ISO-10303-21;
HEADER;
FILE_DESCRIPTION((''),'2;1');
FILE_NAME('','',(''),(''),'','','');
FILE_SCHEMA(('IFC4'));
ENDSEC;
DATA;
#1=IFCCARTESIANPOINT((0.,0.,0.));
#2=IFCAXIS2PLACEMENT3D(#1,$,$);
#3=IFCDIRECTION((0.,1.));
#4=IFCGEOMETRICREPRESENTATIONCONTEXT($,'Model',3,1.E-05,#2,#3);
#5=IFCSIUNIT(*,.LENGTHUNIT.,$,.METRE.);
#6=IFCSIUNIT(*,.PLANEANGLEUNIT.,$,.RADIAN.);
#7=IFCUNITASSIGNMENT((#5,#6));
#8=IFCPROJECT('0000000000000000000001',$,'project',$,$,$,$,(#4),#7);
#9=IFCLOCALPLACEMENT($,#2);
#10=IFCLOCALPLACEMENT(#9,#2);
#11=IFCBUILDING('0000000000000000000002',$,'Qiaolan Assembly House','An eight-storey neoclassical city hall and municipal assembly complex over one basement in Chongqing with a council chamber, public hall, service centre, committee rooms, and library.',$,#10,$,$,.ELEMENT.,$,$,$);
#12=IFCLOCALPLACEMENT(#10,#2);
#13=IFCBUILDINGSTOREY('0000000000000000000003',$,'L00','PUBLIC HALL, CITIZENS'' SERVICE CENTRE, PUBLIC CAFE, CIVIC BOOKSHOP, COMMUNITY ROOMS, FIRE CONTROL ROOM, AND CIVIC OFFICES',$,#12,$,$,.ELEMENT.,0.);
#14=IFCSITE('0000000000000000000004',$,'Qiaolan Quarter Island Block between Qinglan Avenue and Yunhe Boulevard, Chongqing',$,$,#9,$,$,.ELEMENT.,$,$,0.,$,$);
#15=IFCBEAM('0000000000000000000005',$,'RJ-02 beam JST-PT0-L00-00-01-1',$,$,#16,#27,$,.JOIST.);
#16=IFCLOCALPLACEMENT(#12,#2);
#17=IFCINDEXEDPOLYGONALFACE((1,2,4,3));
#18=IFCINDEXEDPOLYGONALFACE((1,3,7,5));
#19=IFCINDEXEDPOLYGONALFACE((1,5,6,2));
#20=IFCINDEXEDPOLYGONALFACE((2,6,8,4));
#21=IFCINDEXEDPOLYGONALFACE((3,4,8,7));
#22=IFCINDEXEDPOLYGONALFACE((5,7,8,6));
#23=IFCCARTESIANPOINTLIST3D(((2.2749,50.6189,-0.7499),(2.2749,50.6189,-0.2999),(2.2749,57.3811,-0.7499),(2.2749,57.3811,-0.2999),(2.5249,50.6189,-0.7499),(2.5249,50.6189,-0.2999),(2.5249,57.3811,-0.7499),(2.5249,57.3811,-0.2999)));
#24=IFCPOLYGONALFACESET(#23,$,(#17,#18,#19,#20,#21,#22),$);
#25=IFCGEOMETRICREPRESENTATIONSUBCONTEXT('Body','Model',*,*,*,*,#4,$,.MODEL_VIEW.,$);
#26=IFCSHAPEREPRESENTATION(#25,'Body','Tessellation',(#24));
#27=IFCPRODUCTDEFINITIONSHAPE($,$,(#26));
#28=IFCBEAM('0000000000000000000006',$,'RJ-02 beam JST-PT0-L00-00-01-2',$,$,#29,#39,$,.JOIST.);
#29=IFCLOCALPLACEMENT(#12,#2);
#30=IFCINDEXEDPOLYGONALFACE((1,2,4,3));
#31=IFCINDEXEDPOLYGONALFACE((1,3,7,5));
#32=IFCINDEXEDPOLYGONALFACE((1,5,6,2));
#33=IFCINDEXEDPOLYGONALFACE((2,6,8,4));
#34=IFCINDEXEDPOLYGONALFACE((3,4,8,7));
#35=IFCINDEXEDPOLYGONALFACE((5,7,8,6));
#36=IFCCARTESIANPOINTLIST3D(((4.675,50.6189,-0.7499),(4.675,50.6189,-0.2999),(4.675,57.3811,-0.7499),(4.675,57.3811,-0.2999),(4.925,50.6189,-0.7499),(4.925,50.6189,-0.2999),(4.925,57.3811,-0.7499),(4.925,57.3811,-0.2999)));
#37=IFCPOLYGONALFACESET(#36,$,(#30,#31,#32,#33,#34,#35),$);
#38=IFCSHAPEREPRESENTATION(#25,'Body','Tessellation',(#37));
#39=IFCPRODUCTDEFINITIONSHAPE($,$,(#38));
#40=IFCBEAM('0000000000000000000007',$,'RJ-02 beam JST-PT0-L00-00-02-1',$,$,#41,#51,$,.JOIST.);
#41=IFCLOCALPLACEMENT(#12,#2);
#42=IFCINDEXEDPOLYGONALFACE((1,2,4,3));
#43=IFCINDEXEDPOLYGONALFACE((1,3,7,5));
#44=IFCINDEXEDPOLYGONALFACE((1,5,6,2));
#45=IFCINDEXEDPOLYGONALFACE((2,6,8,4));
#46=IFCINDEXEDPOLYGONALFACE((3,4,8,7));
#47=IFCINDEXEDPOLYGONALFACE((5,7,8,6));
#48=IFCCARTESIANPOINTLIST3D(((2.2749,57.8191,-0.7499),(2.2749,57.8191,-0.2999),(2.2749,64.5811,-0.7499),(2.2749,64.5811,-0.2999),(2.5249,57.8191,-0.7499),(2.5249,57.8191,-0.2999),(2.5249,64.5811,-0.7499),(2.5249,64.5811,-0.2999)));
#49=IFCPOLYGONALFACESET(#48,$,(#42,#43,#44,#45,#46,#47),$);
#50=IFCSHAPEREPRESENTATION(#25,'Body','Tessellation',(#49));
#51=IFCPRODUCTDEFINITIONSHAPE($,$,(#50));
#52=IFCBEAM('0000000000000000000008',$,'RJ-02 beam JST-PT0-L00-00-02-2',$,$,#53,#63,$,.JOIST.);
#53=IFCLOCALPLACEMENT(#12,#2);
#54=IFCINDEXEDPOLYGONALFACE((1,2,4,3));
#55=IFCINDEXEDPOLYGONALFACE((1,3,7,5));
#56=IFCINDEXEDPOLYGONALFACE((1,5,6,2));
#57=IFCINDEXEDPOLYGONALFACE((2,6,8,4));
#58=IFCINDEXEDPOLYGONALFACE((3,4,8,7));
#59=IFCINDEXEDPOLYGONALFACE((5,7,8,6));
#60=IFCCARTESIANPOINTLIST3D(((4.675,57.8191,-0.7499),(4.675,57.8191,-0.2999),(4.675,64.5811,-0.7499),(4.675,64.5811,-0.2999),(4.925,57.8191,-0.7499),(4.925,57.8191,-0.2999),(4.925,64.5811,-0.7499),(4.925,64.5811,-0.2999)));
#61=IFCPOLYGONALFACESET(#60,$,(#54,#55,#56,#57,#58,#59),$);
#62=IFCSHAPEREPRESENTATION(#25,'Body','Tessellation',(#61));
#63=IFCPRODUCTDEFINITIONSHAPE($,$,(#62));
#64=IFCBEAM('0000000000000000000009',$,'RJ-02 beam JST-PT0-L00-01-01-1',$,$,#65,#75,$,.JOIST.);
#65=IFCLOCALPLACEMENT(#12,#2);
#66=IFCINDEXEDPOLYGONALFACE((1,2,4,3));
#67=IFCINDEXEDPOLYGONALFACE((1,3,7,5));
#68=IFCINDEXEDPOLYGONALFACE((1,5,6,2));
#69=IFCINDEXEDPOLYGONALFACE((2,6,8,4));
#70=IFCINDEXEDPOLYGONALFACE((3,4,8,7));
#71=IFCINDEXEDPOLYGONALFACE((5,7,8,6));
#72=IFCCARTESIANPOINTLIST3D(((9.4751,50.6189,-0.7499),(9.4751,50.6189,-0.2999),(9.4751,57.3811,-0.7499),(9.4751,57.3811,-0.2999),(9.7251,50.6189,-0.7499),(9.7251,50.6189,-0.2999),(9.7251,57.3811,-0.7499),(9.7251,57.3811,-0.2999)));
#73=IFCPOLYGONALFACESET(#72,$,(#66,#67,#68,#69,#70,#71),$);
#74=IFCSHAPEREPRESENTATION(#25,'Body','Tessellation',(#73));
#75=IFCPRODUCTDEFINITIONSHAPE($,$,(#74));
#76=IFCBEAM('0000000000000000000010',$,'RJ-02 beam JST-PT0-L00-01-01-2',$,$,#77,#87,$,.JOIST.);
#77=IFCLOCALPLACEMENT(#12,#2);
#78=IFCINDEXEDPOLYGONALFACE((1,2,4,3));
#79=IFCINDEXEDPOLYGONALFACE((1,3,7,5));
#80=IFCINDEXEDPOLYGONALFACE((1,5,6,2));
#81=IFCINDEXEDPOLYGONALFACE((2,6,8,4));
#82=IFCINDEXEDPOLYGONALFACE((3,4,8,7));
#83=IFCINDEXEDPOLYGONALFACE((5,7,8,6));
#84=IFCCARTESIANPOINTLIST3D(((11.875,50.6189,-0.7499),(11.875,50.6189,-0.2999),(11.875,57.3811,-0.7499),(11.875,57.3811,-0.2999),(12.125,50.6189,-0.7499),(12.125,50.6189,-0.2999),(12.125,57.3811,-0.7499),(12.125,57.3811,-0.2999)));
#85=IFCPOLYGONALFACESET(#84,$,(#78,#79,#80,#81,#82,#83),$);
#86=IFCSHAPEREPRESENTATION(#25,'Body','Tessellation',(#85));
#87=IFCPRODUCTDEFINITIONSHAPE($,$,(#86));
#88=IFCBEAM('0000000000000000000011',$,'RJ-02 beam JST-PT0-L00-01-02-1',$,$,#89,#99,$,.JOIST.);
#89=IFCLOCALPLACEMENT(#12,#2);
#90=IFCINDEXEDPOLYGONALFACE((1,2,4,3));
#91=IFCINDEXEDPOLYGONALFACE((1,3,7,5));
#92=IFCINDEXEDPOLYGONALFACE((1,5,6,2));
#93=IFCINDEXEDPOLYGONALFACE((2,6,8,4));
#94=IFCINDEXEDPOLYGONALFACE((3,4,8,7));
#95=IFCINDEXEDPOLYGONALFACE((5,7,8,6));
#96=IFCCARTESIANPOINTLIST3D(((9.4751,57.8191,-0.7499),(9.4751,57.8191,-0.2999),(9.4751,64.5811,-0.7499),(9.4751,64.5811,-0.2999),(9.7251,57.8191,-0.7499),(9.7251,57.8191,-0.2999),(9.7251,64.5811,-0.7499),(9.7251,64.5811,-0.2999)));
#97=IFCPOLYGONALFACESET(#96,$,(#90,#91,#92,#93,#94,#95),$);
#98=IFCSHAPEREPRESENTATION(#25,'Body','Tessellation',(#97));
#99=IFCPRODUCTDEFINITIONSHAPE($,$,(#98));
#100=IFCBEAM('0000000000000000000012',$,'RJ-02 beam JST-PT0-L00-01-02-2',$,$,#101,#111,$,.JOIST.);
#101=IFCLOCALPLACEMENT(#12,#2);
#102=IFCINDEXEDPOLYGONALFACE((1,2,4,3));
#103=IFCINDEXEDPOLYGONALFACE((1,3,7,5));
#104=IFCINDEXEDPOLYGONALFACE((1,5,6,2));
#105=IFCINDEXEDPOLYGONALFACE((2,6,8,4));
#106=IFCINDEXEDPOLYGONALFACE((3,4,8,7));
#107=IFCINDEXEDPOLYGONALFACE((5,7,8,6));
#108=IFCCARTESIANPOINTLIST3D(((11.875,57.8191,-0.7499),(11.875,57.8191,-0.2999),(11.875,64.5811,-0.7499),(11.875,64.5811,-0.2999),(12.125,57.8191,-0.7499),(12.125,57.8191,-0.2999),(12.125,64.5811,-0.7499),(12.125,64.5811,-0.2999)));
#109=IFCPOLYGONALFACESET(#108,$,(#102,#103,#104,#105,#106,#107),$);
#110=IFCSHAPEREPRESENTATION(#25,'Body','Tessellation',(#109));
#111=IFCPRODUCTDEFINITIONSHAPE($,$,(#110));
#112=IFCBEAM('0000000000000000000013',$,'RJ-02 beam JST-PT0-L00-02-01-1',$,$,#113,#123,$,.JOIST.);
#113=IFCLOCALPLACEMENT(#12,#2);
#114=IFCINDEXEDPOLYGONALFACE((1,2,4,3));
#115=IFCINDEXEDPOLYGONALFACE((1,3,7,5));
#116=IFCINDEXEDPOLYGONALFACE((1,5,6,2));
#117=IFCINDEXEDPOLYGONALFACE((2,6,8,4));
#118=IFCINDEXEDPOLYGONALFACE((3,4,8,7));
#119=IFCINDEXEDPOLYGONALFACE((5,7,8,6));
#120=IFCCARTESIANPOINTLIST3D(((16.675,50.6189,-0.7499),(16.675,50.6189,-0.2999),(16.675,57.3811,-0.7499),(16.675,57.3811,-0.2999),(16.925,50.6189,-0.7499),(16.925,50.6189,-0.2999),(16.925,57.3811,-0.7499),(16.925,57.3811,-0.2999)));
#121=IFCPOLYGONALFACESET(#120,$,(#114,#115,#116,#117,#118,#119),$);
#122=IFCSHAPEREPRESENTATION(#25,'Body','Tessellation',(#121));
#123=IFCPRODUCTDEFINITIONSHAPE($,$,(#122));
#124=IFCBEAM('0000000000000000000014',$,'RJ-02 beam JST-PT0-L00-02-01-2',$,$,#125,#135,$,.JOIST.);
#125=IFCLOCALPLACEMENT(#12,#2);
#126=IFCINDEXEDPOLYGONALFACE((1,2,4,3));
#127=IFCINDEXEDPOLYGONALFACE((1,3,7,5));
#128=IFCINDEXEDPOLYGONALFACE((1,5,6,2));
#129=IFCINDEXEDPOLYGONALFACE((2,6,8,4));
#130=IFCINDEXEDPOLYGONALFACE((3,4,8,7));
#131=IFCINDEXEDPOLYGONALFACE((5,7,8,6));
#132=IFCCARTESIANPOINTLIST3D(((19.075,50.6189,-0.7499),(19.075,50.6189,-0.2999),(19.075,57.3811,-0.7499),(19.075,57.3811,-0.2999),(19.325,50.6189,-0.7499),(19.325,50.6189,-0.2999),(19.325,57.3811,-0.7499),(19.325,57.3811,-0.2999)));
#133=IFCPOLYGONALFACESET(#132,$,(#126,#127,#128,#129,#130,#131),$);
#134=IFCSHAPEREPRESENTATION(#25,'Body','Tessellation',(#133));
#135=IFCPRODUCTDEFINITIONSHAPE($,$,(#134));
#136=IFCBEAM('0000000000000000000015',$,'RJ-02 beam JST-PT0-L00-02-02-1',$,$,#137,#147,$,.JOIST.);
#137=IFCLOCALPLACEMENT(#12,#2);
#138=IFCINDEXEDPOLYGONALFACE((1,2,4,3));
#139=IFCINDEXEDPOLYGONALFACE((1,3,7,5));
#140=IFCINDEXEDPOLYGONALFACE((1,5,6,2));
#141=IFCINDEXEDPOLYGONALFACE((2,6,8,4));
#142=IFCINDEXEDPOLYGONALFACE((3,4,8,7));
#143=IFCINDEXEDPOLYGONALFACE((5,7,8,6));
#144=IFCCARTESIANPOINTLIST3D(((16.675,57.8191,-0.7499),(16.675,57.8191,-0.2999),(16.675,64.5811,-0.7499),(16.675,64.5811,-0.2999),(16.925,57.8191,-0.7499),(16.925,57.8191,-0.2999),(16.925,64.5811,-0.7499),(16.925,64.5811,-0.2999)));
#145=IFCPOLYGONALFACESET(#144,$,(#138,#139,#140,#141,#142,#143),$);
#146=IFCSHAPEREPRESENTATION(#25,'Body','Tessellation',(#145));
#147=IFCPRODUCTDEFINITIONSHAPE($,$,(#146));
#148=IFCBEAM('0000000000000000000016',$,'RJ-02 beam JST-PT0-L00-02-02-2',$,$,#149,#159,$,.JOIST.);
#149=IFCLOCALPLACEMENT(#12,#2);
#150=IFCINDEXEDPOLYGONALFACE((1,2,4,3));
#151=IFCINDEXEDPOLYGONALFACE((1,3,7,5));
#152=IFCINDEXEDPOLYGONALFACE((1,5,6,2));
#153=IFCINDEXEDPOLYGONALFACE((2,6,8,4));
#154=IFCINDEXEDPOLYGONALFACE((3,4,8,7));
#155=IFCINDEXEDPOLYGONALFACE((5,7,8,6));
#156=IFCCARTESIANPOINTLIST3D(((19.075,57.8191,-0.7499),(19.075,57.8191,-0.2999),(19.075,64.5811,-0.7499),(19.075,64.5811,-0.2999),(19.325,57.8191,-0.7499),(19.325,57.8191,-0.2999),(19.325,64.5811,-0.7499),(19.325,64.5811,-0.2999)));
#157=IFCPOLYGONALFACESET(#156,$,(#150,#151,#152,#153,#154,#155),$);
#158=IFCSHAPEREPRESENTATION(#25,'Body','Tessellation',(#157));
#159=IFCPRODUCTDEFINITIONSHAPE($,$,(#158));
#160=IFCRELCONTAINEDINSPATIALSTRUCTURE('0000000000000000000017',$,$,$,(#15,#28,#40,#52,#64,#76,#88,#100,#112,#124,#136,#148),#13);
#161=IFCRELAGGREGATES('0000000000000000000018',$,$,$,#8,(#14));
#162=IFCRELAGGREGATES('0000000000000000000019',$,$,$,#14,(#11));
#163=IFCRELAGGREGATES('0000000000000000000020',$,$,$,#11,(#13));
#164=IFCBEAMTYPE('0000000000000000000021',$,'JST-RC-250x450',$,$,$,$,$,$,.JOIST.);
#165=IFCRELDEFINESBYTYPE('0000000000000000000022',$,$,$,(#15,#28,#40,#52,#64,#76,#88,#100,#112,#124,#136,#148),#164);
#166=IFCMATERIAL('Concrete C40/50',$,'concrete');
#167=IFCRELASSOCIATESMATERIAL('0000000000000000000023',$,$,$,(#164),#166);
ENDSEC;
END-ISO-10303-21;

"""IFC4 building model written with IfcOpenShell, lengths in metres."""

from ifc_helpers import new_model, si_unit, direction, frame, origin, origin_2d, place, context, subcontext, project, spatial, rectangle, extrude, material, material_profile, profile_set, type_object, element, save


model = new_model("IFC4")

# Units and contexts
model_context = context("Model", 3, precision=1e-05, world=origin(), true_north=direction((0.0, 1.0)))
body_context = subcontext(model_context, "Body", "Model", "MODEL_VIEW")
ifc_project = project(units=[si_unit("LENGTHUNIT", "METRE"), si_unit("PLANEANGLEUNIT", "RADIAN")], contexts=[model_context])

# Site, building, storey
site_placement = place(None, origin())
site = spatial("IfcSite", under=ifc_project, at=site_placement, Name="Qiaolan Quarter Island Block between Qinglan Avenue and Yunhe Boulevard, Chongqing", CompositionType="ELEMENT", RefElevation=0.0)
building_placement = place(site_placement, origin())
building = spatial("IfcBuilding", under=site, at=building_placement, Name="Qiaolan Assembly House", Description="An eight-storey neoclassical city hall and municipal assembly complex over one basement in Chongqing with a council chamber, public hall, service centre, committee rooms, and library.", CompositionType="ELEMENT")
storey_placement = place(building_placement, origin())
storey = spatial("IfcBuildingStorey", under=building, at=storey_placement, Name="L00", Description="PUBLIC HALL, CITIZENS' SERVICE CENTRE, PUBLIC CAFE, CIVIC BOOKSHOP, COMMUNITY ROOMS, FIRE CONTROL ROOM, AND CIVIC OFFICES", CompositionType="ELEMENT", Elevation=0.0)

# Beams
ifc_material_1 = material(Name="Concrete C40/50", Category="concrete")
ifc_material_profile_1 = material_profile(ifc_material_1, rectangle(XDim=0.25, YDim=0.45, at=origin_2d()), Name="RCB 250x450")
ifc_profile_set_1 = profile_set([ifc_material_profile_1], Name="Concrete C40/50")
beam_type_1 = type_object("IfcBeamType", Name="JST-RC-250x450", PredefinedType="JOIST", material=ifc_profile_set_1)
for number, where, z_axis, x_axis, name in (
    (1, (2.3999, 50.6189, -0.5249), (0.0, 1.0, 0.0), (-1.0, 0.0, 0.0), "RJ-02 beam JST-PT0-L00-00-01-1"),
    (2, (4.8, 50.6189, -0.5249), (0.0, 1.0, 0.0), (-1.0, 0.0, 0.0), "RJ-02 beam JST-PT0-L00-00-01-2"),
):
    element("IfcBeam", number, at=place(storey_placement, frame(where, z_axis=z_axis, x_axis=x_axis)), inside=storey, type_object=beam_type_1, Name=name, PredefinedType="JOIST", context=body_context, shape_type="SweptSolid", body=[
        extrude(rectangle(XDim=0.25, YDim=0.45, at=origin_2d()), origin(), (0.0, 0.0, 1.0), 6.7622),
    ])
for number, where, z_axis, x_axis, name in (
    (3, (2.3999, 57.8191, -0.5249), (0.0, 1.0, 0.0), (-1.0, 0.0, 0.0), "RJ-02 beam JST-PT0-L00-00-02-1"),
    (4, (4.8, 57.8191, -0.5249), (0.0, 1.0, 0.0), (-1.0, 0.0, 0.0), "RJ-02 beam JST-PT0-L00-00-02-2"),
):
    element("IfcBeam", number, at=place(storey_placement, frame(where, z_axis=z_axis, x_axis=x_axis)), inside=storey, type_object=beam_type_1, Name=name, PredefinedType="JOIST", context=body_context, shape_type="SweptSolid", body=[
        extrude(rectangle(XDim=0.25, YDim=0.45, at=origin_2d()), origin(), (0.0, 0.0, 1.0), 6.762),
    ])
for number, where, z_axis, x_axis, name in (
    (5, (9.6001, 50.6189, -0.5249), (0.0, 1.0, 0.0), (-1.0, 0.0, 0.0), "RJ-02 beam JST-PT0-L00-01-01-1"),
    (6, (12.0, 50.6189, -0.5249), (0.0, 1.0, 0.0), (-1.0, 0.0, 0.0), "RJ-02 beam JST-PT0-L00-01-01-2"),
):
    element("IfcBeam", number, at=place(storey_placement, frame(where, z_axis=z_axis, x_axis=x_axis)), inside=storey, type_object=beam_type_1, Name=name, PredefinedType="JOIST", context=body_context, shape_type="SweptSolid", body=[
        extrude(rectangle(XDim=0.25, YDim=0.45, at=origin_2d()), origin(), (0.0, 0.0, 1.0), 6.7622),
    ])
for number, where, z_axis, x_axis, name in (
    (7, (9.6001, 57.8191, -0.5249), (0.0, 1.0, 0.0), (-1.0, 0.0, 0.0), "RJ-02 beam JST-PT0-L00-01-02-1"),
    (8, (12.0, 57.8191, -0.5249), (0.0, 1.0, 0.0), (-1.0, 0.0, 0.0), "RJ-02 beam JST-PT0-L00-01-02-2"),
):
    element("IfcBeam", number, at=place(storey_placement, frame(where, z_axis=z_axis, x_axis=x_axis)), inside=storey, type_object=beam_type_1, Name=name, PredefinedType="JOIST", context=body_context, shape_type="SweptSolid", body=[
        extrude(rectangle(XDim=0.25, YDim=0.45, at=origin_2d()), origin(), (0.0, 0.0, 1.0), 6.762),
    ])
for number, where, z_axis, x_axis, name in (
    (9, (16.8, 50.6189, -0.5249), (0.0, 1.0, 0.0), (-1.0, 0.0, 0.0), "RJ-02 beam JST-PT0-L00-02-01-1"),
    (10, (19.2, 50.6189, -0.5249), (0.0, 1.0, 0.0), (-1.0, 0.0, 0.0), "RJ-02 beam JST-PT0-L00-02-01-2"),
):
    element("IfcBeam", number, at=place(storey_placement, frame(where, z_axis=z_axis, x_axis=x_axis)), inside=storey, type_object=beam_type_1, Name=name, PredefinedType="JOIST", context=body_context, shape_type="SweptSolid", body=[
        extrude(rectangle(XDim=0.25, YDim=0.45, at=origin_2d()), origin(), (0.0, 0.0, 1.0), 6.7622),
    ])
for number, where, z_axis, x_axis, name in (
    (11, (16.8, 57.8191, -0.5249), (0.0, 1.0, 0.0), (-1.0, 0.0, 0.0), "RJ-02 beam JST-PT0-L00-02-02-1"),
    (12, (19.2, 57.8191, -0.5249), (0.0, 1.0, 0.0), (-1.0, 0.0, 0.0), "RJ-02 beam JST-PT0-L00-02-02-2"),
):
    element("IfcBeam", number, at=place(storey_placement, frame(where, z_axis=z_axis, x_axis=x_axis)), inside=storey, type_object=beam_type_1, Name=name, PredefinedType="JOIST", context=body_context, shape_type="SweptSolid", body=[
        extrude(rectangle(XDim=0.25, YDim=0.45, at=origin_2d()), origin(), (0.0, 0.0, 1.0), 6.762),
    ])

save(model, "model.ifc")
